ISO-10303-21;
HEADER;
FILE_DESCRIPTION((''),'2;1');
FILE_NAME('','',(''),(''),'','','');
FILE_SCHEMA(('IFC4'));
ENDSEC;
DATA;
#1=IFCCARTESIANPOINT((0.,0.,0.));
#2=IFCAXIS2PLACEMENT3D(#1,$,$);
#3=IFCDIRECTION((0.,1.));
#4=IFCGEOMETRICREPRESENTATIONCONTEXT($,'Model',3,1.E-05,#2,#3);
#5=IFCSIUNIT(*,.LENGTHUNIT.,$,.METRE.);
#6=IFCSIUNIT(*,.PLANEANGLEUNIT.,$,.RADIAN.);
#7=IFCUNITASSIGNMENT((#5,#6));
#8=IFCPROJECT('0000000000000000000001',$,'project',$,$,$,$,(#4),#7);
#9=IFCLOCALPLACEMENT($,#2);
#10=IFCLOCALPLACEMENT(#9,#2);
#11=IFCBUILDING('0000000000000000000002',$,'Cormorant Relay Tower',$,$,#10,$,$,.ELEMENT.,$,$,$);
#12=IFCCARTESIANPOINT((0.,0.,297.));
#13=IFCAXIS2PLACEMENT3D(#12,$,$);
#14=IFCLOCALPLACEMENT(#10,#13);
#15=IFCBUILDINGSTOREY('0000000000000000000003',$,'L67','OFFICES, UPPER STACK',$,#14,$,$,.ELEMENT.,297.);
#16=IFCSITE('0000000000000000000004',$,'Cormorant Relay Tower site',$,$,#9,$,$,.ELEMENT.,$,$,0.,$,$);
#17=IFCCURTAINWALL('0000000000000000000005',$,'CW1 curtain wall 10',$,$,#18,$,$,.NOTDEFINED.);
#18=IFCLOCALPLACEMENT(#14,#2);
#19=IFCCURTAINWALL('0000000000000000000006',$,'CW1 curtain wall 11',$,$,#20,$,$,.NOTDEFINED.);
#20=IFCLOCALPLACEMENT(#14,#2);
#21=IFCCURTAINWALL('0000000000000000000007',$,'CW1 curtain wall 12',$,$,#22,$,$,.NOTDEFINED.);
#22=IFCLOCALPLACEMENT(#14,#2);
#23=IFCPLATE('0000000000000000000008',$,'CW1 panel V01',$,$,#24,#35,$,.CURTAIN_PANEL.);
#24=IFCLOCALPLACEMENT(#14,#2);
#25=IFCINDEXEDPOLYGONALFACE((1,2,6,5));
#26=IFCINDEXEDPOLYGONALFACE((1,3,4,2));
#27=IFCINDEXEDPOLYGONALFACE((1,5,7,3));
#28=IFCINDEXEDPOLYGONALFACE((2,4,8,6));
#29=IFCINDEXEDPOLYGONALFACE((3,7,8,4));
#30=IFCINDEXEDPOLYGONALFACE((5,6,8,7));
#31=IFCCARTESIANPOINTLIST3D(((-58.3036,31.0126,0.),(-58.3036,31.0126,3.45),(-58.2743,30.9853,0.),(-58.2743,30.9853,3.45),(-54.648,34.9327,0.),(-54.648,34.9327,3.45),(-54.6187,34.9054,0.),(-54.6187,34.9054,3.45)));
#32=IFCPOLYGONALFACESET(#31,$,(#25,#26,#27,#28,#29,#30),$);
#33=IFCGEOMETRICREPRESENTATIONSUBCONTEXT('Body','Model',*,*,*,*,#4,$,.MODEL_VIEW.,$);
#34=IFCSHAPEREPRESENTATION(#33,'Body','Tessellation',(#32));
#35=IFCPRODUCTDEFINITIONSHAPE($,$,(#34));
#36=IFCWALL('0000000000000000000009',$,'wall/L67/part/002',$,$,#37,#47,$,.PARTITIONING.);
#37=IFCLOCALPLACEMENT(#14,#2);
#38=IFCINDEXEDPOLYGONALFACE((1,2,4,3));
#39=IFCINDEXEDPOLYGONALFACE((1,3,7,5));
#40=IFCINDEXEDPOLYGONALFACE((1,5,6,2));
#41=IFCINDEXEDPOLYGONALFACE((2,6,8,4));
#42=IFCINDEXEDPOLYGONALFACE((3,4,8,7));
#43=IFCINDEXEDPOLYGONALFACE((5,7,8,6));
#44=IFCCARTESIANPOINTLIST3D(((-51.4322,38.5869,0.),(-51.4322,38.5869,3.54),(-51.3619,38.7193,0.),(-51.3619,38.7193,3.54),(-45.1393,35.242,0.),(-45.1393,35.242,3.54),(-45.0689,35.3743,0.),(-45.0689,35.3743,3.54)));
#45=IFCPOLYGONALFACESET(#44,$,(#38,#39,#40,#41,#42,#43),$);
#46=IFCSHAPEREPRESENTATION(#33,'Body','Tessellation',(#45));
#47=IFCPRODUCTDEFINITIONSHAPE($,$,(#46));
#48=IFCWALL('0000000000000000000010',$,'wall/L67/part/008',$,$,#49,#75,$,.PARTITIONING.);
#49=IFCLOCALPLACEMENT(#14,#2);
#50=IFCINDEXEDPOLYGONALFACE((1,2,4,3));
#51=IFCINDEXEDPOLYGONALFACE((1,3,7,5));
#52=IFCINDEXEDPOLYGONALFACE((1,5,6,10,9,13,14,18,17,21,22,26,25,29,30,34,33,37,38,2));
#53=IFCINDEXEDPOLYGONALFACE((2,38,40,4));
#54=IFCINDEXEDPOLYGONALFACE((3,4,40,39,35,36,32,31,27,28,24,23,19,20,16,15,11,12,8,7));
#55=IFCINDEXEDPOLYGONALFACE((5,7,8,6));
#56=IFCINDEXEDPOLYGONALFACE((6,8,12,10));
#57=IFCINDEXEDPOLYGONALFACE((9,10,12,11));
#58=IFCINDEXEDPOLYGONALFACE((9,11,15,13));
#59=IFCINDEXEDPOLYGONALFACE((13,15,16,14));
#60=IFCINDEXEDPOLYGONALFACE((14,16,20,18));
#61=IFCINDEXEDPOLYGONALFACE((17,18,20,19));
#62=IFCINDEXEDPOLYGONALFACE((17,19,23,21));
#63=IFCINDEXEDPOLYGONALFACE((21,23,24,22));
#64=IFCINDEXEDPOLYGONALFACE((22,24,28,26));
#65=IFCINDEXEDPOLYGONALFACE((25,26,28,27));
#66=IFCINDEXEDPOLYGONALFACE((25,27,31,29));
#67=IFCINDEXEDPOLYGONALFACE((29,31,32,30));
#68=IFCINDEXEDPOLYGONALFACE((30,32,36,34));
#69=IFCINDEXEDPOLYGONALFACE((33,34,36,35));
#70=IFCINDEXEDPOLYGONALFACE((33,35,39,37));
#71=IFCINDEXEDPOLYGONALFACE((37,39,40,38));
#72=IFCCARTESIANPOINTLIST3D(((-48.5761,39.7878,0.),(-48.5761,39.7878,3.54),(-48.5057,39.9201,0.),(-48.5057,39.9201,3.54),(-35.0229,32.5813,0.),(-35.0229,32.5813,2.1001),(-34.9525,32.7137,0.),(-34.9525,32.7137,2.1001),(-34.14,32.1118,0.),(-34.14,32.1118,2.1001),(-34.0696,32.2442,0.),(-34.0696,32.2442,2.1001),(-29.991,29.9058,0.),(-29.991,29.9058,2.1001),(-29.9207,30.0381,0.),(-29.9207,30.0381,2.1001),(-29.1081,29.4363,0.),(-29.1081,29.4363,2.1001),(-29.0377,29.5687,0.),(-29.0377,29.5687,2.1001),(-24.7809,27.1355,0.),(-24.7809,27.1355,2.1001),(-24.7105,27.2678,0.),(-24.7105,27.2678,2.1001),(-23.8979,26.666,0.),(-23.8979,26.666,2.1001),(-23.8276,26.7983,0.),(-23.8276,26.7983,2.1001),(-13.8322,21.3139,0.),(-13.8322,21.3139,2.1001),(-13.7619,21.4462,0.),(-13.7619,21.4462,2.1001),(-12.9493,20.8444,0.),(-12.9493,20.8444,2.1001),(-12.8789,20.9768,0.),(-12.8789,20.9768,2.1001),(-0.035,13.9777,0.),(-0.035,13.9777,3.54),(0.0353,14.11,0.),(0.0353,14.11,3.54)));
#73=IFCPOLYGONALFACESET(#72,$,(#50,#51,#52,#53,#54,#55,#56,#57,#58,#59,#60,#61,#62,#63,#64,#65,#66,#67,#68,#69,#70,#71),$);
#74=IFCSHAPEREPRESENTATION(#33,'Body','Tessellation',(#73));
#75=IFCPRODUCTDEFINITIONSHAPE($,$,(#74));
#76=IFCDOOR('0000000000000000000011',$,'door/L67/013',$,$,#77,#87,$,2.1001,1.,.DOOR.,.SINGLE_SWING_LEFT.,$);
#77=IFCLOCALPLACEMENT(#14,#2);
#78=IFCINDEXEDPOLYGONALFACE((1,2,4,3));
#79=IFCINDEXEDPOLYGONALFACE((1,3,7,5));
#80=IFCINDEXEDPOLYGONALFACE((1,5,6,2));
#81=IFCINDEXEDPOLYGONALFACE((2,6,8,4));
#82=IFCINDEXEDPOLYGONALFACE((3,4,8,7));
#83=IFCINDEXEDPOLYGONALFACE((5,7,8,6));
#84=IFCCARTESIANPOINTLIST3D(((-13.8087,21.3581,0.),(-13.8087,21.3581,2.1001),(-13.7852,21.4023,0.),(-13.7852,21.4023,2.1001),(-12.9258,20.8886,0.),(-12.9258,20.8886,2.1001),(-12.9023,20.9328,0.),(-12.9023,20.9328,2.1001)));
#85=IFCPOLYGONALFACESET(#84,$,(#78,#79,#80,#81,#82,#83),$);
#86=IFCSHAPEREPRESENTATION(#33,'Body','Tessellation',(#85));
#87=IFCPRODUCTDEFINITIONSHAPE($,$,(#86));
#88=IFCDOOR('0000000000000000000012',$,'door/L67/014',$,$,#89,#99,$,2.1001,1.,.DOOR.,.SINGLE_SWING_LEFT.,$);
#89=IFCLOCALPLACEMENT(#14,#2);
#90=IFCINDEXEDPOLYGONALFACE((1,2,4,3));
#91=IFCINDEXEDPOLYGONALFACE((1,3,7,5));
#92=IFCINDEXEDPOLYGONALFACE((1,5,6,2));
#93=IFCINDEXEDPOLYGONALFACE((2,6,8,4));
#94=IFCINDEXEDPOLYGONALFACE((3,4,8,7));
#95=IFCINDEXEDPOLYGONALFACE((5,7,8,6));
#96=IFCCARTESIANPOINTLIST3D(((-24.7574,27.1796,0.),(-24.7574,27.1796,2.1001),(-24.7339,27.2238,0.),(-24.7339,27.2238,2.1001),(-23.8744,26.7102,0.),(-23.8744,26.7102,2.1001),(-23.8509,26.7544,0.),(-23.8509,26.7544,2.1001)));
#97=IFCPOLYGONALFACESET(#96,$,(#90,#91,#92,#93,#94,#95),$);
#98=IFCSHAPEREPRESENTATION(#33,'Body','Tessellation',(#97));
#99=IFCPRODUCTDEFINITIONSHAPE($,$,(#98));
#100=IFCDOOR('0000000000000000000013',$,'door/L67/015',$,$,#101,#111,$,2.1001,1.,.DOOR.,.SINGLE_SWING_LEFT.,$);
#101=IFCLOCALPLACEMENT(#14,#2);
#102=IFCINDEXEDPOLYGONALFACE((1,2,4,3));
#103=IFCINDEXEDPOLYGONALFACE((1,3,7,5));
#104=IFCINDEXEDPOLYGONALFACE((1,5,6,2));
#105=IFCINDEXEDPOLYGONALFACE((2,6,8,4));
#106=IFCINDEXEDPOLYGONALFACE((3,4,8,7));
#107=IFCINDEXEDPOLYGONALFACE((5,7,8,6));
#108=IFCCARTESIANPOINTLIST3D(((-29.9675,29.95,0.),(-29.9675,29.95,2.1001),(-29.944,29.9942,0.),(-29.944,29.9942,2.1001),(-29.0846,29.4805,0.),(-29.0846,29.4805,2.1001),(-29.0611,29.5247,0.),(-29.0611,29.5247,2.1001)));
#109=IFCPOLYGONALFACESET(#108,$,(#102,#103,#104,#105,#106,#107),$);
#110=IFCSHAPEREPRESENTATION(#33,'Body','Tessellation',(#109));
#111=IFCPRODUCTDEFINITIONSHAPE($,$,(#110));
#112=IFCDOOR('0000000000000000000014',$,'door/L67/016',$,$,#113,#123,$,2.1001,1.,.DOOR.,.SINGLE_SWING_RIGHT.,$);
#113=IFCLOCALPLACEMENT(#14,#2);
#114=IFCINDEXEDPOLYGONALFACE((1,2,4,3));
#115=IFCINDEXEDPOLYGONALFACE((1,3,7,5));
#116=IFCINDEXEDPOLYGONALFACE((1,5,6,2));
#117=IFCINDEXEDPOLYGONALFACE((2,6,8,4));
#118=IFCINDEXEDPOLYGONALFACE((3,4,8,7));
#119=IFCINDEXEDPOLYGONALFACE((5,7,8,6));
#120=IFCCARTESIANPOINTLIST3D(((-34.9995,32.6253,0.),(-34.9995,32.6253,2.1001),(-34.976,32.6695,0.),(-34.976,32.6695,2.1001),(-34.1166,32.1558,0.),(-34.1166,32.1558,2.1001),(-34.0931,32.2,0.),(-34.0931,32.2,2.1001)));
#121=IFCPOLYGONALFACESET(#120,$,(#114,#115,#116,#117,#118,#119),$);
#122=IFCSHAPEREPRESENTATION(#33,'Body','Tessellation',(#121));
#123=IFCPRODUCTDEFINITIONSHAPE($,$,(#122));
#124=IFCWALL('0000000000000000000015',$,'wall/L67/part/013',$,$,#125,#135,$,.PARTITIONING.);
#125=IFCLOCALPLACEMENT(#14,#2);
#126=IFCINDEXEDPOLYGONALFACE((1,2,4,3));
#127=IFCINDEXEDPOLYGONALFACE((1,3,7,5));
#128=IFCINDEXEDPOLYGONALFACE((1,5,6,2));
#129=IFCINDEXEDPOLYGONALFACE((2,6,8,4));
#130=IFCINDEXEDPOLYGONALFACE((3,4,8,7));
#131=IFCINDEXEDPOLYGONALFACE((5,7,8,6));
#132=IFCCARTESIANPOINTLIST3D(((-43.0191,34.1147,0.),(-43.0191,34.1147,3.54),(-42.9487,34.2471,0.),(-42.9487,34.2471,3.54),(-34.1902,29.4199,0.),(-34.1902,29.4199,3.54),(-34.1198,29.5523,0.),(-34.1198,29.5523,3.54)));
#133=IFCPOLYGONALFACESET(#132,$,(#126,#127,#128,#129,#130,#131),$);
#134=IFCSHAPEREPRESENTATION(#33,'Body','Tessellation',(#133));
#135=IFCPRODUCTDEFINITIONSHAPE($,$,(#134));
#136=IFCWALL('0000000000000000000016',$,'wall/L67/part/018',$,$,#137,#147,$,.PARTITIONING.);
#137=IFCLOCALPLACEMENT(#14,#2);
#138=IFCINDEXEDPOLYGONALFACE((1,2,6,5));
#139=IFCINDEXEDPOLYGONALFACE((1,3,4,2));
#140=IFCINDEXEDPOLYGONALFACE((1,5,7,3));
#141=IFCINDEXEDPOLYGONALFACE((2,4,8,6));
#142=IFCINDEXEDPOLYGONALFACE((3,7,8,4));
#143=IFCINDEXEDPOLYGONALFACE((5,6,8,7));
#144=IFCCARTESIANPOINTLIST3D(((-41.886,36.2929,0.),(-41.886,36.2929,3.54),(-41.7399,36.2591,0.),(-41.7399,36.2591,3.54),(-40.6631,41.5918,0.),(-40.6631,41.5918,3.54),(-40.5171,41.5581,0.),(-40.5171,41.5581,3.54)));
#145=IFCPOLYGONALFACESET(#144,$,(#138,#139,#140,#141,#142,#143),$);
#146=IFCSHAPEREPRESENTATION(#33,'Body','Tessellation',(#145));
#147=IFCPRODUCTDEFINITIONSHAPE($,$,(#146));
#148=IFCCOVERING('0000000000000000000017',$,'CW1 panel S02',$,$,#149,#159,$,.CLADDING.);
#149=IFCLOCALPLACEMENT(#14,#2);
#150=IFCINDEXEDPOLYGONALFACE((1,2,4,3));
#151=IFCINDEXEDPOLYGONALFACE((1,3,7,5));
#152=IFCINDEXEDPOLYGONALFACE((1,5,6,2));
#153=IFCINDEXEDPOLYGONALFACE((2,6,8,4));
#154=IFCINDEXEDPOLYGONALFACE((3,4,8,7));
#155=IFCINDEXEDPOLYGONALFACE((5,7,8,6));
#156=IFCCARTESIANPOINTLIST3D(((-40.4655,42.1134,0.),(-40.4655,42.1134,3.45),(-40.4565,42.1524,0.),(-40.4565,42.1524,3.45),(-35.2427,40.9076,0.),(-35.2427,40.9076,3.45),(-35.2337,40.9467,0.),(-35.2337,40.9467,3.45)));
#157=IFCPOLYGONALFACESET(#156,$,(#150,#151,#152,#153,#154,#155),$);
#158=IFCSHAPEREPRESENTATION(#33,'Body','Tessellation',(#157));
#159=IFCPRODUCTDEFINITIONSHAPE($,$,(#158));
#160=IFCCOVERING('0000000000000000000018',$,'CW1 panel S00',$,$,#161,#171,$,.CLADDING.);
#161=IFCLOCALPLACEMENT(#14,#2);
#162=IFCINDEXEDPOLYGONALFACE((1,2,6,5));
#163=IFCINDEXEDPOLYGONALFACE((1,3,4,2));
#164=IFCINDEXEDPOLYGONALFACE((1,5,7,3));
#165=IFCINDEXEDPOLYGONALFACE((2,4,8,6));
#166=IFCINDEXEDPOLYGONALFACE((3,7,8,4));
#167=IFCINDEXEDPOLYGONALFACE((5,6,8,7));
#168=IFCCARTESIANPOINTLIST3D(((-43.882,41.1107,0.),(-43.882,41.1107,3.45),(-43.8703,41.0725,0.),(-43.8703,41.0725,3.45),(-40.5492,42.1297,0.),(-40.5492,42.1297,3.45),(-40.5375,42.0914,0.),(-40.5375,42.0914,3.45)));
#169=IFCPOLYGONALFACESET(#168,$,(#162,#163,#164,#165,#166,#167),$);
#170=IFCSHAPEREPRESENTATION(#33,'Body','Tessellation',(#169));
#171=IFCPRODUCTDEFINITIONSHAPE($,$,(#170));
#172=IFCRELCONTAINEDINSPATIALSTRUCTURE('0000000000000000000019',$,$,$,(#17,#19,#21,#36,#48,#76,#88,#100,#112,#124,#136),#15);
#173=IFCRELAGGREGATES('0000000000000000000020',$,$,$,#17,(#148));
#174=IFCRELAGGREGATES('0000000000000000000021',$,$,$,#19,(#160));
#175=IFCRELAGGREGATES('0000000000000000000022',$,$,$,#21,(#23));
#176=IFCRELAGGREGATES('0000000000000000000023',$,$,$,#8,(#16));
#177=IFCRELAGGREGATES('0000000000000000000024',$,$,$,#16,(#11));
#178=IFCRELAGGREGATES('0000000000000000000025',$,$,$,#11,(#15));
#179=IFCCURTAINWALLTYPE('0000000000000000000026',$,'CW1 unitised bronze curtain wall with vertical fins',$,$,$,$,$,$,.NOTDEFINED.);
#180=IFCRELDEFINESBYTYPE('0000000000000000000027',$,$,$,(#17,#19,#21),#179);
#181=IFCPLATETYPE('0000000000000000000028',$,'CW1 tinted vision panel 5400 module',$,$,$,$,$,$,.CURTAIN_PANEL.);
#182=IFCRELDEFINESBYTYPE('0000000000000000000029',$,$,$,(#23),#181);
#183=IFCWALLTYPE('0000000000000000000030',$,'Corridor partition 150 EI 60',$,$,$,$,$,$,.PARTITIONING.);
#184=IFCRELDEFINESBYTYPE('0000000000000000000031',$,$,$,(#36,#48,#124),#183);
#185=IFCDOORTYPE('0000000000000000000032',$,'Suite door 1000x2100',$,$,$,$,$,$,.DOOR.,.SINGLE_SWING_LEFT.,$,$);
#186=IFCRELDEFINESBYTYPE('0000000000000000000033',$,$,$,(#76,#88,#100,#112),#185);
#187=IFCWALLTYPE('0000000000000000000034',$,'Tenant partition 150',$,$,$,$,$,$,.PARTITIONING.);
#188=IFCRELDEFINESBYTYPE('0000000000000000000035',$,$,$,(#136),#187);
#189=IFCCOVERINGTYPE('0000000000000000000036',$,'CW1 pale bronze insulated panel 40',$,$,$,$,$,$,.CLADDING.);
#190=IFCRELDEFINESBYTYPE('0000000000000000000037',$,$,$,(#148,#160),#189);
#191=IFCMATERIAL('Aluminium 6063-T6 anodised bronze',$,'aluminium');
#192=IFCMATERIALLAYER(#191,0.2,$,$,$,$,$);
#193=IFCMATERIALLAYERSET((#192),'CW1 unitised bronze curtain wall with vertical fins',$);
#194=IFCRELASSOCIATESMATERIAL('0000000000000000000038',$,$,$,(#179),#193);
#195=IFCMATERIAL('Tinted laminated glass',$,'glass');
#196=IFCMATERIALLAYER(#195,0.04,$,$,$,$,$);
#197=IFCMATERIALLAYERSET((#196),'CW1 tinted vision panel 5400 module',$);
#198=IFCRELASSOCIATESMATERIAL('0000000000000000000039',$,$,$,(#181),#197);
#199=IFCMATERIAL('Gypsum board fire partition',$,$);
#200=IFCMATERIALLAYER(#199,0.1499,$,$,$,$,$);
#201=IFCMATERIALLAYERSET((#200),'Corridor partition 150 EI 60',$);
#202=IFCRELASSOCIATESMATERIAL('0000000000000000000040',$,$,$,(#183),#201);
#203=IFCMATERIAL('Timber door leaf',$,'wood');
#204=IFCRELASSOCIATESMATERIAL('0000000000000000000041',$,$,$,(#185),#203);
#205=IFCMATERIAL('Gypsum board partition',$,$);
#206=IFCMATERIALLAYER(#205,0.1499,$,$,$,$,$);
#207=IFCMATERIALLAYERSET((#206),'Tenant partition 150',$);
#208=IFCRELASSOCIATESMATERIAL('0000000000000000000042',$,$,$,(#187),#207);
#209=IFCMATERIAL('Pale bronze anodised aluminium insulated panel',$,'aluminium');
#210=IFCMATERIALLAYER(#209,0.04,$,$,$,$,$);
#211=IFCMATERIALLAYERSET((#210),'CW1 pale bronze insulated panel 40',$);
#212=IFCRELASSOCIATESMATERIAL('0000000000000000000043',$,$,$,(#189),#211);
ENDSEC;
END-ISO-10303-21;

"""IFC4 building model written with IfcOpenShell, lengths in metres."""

from ifc_helpers import new_model, si_unit, direction, frame, frame_2d, origin, origin_2d, place, context, subcontext, project, spatial, rectangle, extrude, material, layer, layer_set, type_object, element, fill, aggregate, save


model = new_model("IFC4")

# Units and contexts
model_context = context("Model", 3, precision=1e-05, world=origin(), true_north=direction((0.0, 1.0)))
body_context = subcontext(model_context, "Body", "Model", "MODEL_VIEW")
ifc_project = project(units=[si_unit("LENGTHUNIT", "METRE"), si_unit("PLANEANGLEUNIT", "RADIAN")], contexts=[model_context])

# Site, building, storey
site_placement = place(None, origin())
site = spatial("IfcSite", under=ifc_project, at=site_placement, Name="Cormorant Relay Tower site", CompositionType="ELEMENT", RefElevation=0.0)
building_placement = place(site_placement, origin())
building = spatial("IfcBuilding", under=site, at=building_placement, Name="Cormorant Relay Tower", CompositionType="ELEMENT")
storey_placement = place(building_placement, frame((0.0, 0.0, 297.0)))
storey = spatial("IfcBuildingStorey", under=building, at=storey_placement, Name="L67", Description="OFFICES, UPPER STACK", CompositionType="ELEMENT", Elevation=297.0)

# Curtain wall
ifc_material_1 = material(Name="Aluminium 6063-T6 anodised bronze", Category="aluminium")
ifc_layer_1 = layer(ifc_material_1, 0.2)
ifc_layer_set_1 = layer_set([ifc_layer_1], Name="CW1 unitised bronze curtain wall with vertical fins")
curtain_wall_type = type_object("IfcCurtainWallType", Name="CW1 unitised bronze curtain wall with vertical fins", PredefinedType="NOTDEFINED", material=ifc_layer_set_1)
curtain_wall_1_placement = place(storey_placement, origin())
curtain_wall_1 = element("IfcCurtainWall", 1, at=curtain_wall_1_placement, inside=storey, type_object=curtain_wall_type, Name="CW1 curtain wall 10", PredefinedType="NOTDEFINED")

# Curtain walls
curtain_wall_2_placement = place(storey_placement, origin())
curtain_wall_2 = element("IfcCurtainWall", 2, at=curtain_wall_2_placement, inside=storey, type_object=curtain_wall_type, Name="CW1 curtain wall 11", PredefinedType="NOTDEFINED")
curtain_wall_3_placement = place(storey_placement, origin())
curtain_wall_3 = element("IfcCurtainWall", 3, at=curtain_wall_3_placement, inside=storey, type_object=curtain_wall_type, Name="CW1 curtain wall 12", PredefinedType="NOTDEFINED")

# Plate
ifc_material_2 = material(Name="Tinted laminated glass", Category="glass")
ifc_layer_2 = layer(ifc_material_2, 0.04)
ifc_layer_set_2 = layer_set([ifc_layer_2], Name="CW1 tinted vision panel 5400 module")
plate_type_1 = type_object("IfcPlateType", Name="CW1 tinted vision panel 5400 module", PredefinedType="CURTAIN_PANEL", material=ifc_layer_set_2)
plate_1_placement = place(storey_placement, frame((-56.4612, 32.959, 0.0), z_axis=(0.0, 0.0, 1.0), x_axis=(-0.681998, -0.731354, 0.0)))
plate_1 = element("IfcPlate", 4, at=plate_1_placement, type_object=plate_type_1, Name="CW1 panel V01", PredefinedType="CURTAIN_PANEL", context=body_context, shape_type="SweptSolid", body=[
    extrude(rectangle(XDim=5.3601, YDim=0.04, at=origin_2d()), origin(), (0.0, 0.0, 1.0), 3.45),
])

# Wall
ifc_material_3 = material(Name="Gypsum board fire partition")
ifc_layer_3 = layer(ifc_material_3, 0.1499)
ifc_layer_set_3 = layer_set([ifc_layer_3], Name="Corridor partition 150 EI 60")
wall_type_1 = type_object("IfcWallType", Name="Corridor partition 150 EI 60", PredefinedType="PARTITIONING", material=ifc_layer_set_3)
wall_1_placement = place(storey_placement, frame((-45.104, 35.3081, 0.0), z_axis=(0.0, 0.0, 1.0), x_axis=(-0.883009, 0.469356, 0.0)))
element("IfcWall", 5, at=wall_1_placement, inside=storey, type_object=wall_type_1, Name="wall/L67/part/002", PredefinedType="PARTITIONING", context=body_context, shape_type="SweptSolid", body=[
    extrude(rectangle(XDim=7.1267, YDim=0.1499, at=frame_2d((3.5635, 0.0))), origin(), (0.0, 0.0, 1.0), 3.54),
])

# Wall, openings, doors
wall_2_placement = place(storey_placement, frame((-48.541, 39.854, 0.0), z_axis=(0.0, 0.0, 1.0), x_axis=(0.882945, -0.469476, 0.0)))
wall_2 = element("IfcWall", 6, at=wall_2_placement, inside=storey, type_object=wall_type_1, Name="wall/L67/part/008", PredefinedType="PARTITIONING", context=body_context, shape_type="SweptSolid", body=[
    extrude(rectangle(XDim=54.9763, YDim=0.1499, at=frame_2d((27.4883, 0.0))), origin(), (0.0, 0.0, 1.0), 3.54),
])
opening_1_placement = place(wall_2_placement, frame((39.3501, 0.0, 0.0)))
opening_1 = element("IfcOpeningElement", 7, at=opening_1_placement, cuts=wall_2, PredefinedType="OPENING", context=body_context, shape_type="SweptSolid", body=[
    extrude(rectangle(XDim=1.0, YDim=2.1001, at=frame_2d((0.5, 1.05))), frame((0.0, 0.085, 0.0), z_axis=(0.0, -1.0, 0.0), x_axis=(1.0, 0.0, 0.0)), (0.0, 0.0, 1.0), 0.1699),
])
opening_2_placement = place(wall_2_placement, frame((26.95, 0.0, 0.0)))
opening_2 = element("IfcOpeningElement", 8, at=opening_2_placement, cuts=wall_2, PredefinedType="OPENING", context=body_context, shape_type="SweptSolid", body=[
    extrude(rectangle(XDim=1.0, YDim=2.1001, at=frame_2d((0.5, 1.05))), frame((0.0, 0.085, 0.0), z_axis=(0.0, -1.0, 0.0), x_axis=(1.0, 0.0, 0.0)), (0.0, 0.0, 1.0), 0.1699),
])
opening_3_placement = place(wall_2_placement, frame((21.0491, 0.0, 0.0)))
opening_3 = element("IfcOpeningElement", 9, at=opening_3_placement, cuts=wall_2, PredefinedType="OPENING", context=body_context, shape_type="SweptSolid", body=[
    extrude(rectangle(XDim=1.0, YDim=2.1001, at=frame_2d((0.5, 1.05))), frame((0.0, 0.085, 0.0), z_axis=(0.0, -1.0, 0.0), x_axis=(1.0, 0.0, 0.0)), (0.0, 0.0, 1.0), 0.1699),
])
opening_4_placement = place(wall_2_placement, frame((15.3501, 0.0, 0.0)))
opening_4 = element("IfcOpeningElement", 10, at=opening_4_placement, cuts=wall_2, PredefinedType="OPENING", context=body_context, shape_type="SweptSolid", body=[
    extrude(rectangle(XDim=1.0, YDim=2.1001, at=frame_2d((0.5, 1.05))), frame((0.0, 0.085, 0.0), z_axis=(0.0, -1.0, 0.0), x_axis=(1.0, 0.0, 0.0)), (0.0, 0.0, 1.0), 0.1699),
])
ifc_material_4 = material(Name="Timber door leaf", Category="wood")
door_type = type_object("IfcDoorType", Name="Suite door 1000x2100", OperationType="SINGLE_SWING_LEFT", PredefinedType="DOOR", material=ifc_material_4)
door_1_placement = place(opening_1_placement, frame((1.0, 0.0, 0.0), z_axis=(0.0, 0.0, 1.0), x_axis=(-1.0, 0.0, 0.0)))
door_1 = element("IfcDoor", 11, at=door_1_placement, inside=storey, type_object=door_type, Name="door/L67/013", OperationType="SINGLE_SWING_LEFT", OverallHeight=2.1001, OverallWidth=1.0, PredefinedType="DOOR", context=body_context, shape_type="SweptSolid", body=[
    extrude(rectangle(XDim=1.0, YDim=2.1001, at=frame_2d((0.5, 1.05))), frame((0.0, 0.0249, 0.0), z_axis=(0.0, -1.0, 0.0), x_axis=(1.0, 0.0, 0.0)), (0.0, 0.0, 1.0), 0.05),
])
fill(opening_1, door_1)
door_2_placement = place(opening_2_placement, frame((1.0, 0.0, 0.0), z_axis=(0.0, 0.0, 1.0), x_axis=(-1.0, 0.0, 0.0)))
door_2 = element("IfcDoor", 12, at=door_2_placement, inside=storey, type_object=door_type, Name="door/L67/014", OperationType="SINGLE_SWING_LEFT", OverallHeight=2.1001, OverallWidth=1.0, PredefinedType="DOOR", context=body_context, shape_type="SweptSolid", body=[
    extrude(rectangle(XDim=1.0, YDim=2.1001, at=frame_2d((0.5, 1.05))), frame((0.0, 0.0249, 0.0), z_axis=(0.0, -1.0, 0.0), x_axis=(1.0, 0.0, 0.0)), (0.0, 0.0, 1.0), 0.05),
])
fill(opening_2, door_2)
door_3_placement = place(opening_3_placement, frame((1.0, 0.0, 0.0), z_axis=(0.0, 0.0, 1.0), x_axis=(-1.0, 0.0, 0.0)))
door_3 = element("IfcDoor", 13, at=door_3_placement, inside=storey, type_object=door_type, Name="door/L67/015", OperationType="SINGLE_SWING_LEFT", OverallHeight=2.1001, OverallWidth=1.0, PredefinedType="DOOR", context=body_context, shape_type="SweptSolid", body=[
    extrude(rectangle(XDim=1.0, YDim=2.1001, at=frame_2d((0.5, 1.05))), frame((0.0, 0.0249, 0.0), z_axis=(0.0, -1.0, 0.0), x_axis=(1.0, 0.0, 0.0)), (0.0, 0.0, 1.0), 0.05),
])
fill(opening_3, door_3)
door_4_placement = place(opening_4_placement, origin())
door_4 = element("IfcDoor", 14, at=door_4_placement, inside=storey, type_object=door_type, Name="door/L67/016", OperationType="SINGLE_SWING_RIGHT", OverallHeight=2.1001, OverallWidth=1.0, PredefinedType="DOOR", context=body_context, shape_type="SweptSolid", body=[
    extrude(rectangle(XDim=1.0, YDim=2.1001, at=frame_2d((0.5, 1.05))), frame((0.0, 0.0249, 0.0), z_axis=(0.0, -1.0, 0.0), x_axis=(1.0, 0.0, 0.0)), (0.0, 0.0, 1.0), 0.05),
])
fill(opening_4, door_4)

# Walls
wall_3_placement = place(storey_placement, frame((-42.9839, 34.1809, 0.0), z_axis=(0.0, 0.0, 1.0), x_axis=(0.882929, -0.469506, 0.0)))
element("IfcWall", 15, at=wall_3_placement, inside=storey, type_object=wall_type_1, Name="wall/L67/part/013", PredefinedType="PARTITIONING", context=body_context, shape_type="SweptSolid", body=[
    extrude(rectangle(XDim=9.9995, YDim=0.1499, at=frame_2d((4.9998, 0.0))), origin(), (0.0, 0.0, 1.0), 3.54),
])
ifc_material_5 = material(Name="Gypsum board partition")
ifc_layer_4 = layer(ifc_material_5, 0.1499)
ifc_layer_set_4 = layer_set([ifc_layer_4], Name="Tenant partition 150")
wall_type_2 = type_object("IfcWallType", Name="Tenant partition 150", PredefinedType="PARTITIONING", material=ifc_layer_set_4)
wall_4_placement = place(storey_placement, frame((-41.813, 36.2759, 0.0), z_axis=(0.0, 0.0, 1.0), x_axis=(0.224866, 0.97439, 0.0)))
element("IfcWall", 16, at=wall_4_placement, inside=storey, type_object=wall_type_2, Name="wall/L67/part/018", PredefinedType="PARTITIONING", context=body_context, shape_type="SweptSolid", body=[
    extrude(rectangle(XDim=5.4382, YDim=0.1499, at=frame_2d((2.7192, 0.0))), origin(), (0.0, 0.0, 1.0), 3.54),
])

# Coverings
ifc_material_6 = material(Name="Pale bronze anodised aluminium insulated panel", Category="aluminium")
ifc_layer_5 = layer(ifc_material_6, 0.04)
ifc_layer_set_5 = layer_set([ifc_layer_5], Name="CW1 pale bronze insulated panel 40")
covering_type = type_object("IfcCoveringType", Name="CW1 pale bronze insulated panel 40", PredefinedType="CLADDING", material=ifc_layer_set_5)
covering_1_placement = place(storey_placement, frame((-37.8496, 41.53, 0.0), z_axis=(0.0, 0.0, 1.0), x_axis=(-0.97437, 0.224951, 0.0)))
covering_1 = element("IfcCovering", 17, at=covering_1_placement, type_object=covering_type, Name="CW1 panel S02", PredefinedType="CLADDING", context=body_context, shape_type="SweptSolid", body=[
    extrude(rectangle(XDim=5.3601, YDim=0.04, at=origin_2d()), origin(), (0.0, 0.0, 1.0), 3.45),
])
aggregate(curtain_wall_1, [covering_1])
covering_2_placement = place(storey_placement, frame((-42.2097, 41.6011, 0.0), z_axis=(0.0, 0.0, 1.0), x_axis=(-0.956305, -0.292372, 0.0)))
covering_2 = element("IfcCovering", 18, at=covering_2_placement, type_object=covering_type, Name="CW1 panel S00", PredefinedType="CLADDING", context=body_context, shape_type="SweptSolid", body=[
    extrude(rectangle(XDim=3.4851, YDim=0.04, at=origin_2d()), origin(), (0.0, 0.0, 1.0), 3.45),
])
aggregate(curtain_wall_2, [covering_2])
aggregate(curtain_wall_3, [plate_1])

save(model, "model.ifc")
